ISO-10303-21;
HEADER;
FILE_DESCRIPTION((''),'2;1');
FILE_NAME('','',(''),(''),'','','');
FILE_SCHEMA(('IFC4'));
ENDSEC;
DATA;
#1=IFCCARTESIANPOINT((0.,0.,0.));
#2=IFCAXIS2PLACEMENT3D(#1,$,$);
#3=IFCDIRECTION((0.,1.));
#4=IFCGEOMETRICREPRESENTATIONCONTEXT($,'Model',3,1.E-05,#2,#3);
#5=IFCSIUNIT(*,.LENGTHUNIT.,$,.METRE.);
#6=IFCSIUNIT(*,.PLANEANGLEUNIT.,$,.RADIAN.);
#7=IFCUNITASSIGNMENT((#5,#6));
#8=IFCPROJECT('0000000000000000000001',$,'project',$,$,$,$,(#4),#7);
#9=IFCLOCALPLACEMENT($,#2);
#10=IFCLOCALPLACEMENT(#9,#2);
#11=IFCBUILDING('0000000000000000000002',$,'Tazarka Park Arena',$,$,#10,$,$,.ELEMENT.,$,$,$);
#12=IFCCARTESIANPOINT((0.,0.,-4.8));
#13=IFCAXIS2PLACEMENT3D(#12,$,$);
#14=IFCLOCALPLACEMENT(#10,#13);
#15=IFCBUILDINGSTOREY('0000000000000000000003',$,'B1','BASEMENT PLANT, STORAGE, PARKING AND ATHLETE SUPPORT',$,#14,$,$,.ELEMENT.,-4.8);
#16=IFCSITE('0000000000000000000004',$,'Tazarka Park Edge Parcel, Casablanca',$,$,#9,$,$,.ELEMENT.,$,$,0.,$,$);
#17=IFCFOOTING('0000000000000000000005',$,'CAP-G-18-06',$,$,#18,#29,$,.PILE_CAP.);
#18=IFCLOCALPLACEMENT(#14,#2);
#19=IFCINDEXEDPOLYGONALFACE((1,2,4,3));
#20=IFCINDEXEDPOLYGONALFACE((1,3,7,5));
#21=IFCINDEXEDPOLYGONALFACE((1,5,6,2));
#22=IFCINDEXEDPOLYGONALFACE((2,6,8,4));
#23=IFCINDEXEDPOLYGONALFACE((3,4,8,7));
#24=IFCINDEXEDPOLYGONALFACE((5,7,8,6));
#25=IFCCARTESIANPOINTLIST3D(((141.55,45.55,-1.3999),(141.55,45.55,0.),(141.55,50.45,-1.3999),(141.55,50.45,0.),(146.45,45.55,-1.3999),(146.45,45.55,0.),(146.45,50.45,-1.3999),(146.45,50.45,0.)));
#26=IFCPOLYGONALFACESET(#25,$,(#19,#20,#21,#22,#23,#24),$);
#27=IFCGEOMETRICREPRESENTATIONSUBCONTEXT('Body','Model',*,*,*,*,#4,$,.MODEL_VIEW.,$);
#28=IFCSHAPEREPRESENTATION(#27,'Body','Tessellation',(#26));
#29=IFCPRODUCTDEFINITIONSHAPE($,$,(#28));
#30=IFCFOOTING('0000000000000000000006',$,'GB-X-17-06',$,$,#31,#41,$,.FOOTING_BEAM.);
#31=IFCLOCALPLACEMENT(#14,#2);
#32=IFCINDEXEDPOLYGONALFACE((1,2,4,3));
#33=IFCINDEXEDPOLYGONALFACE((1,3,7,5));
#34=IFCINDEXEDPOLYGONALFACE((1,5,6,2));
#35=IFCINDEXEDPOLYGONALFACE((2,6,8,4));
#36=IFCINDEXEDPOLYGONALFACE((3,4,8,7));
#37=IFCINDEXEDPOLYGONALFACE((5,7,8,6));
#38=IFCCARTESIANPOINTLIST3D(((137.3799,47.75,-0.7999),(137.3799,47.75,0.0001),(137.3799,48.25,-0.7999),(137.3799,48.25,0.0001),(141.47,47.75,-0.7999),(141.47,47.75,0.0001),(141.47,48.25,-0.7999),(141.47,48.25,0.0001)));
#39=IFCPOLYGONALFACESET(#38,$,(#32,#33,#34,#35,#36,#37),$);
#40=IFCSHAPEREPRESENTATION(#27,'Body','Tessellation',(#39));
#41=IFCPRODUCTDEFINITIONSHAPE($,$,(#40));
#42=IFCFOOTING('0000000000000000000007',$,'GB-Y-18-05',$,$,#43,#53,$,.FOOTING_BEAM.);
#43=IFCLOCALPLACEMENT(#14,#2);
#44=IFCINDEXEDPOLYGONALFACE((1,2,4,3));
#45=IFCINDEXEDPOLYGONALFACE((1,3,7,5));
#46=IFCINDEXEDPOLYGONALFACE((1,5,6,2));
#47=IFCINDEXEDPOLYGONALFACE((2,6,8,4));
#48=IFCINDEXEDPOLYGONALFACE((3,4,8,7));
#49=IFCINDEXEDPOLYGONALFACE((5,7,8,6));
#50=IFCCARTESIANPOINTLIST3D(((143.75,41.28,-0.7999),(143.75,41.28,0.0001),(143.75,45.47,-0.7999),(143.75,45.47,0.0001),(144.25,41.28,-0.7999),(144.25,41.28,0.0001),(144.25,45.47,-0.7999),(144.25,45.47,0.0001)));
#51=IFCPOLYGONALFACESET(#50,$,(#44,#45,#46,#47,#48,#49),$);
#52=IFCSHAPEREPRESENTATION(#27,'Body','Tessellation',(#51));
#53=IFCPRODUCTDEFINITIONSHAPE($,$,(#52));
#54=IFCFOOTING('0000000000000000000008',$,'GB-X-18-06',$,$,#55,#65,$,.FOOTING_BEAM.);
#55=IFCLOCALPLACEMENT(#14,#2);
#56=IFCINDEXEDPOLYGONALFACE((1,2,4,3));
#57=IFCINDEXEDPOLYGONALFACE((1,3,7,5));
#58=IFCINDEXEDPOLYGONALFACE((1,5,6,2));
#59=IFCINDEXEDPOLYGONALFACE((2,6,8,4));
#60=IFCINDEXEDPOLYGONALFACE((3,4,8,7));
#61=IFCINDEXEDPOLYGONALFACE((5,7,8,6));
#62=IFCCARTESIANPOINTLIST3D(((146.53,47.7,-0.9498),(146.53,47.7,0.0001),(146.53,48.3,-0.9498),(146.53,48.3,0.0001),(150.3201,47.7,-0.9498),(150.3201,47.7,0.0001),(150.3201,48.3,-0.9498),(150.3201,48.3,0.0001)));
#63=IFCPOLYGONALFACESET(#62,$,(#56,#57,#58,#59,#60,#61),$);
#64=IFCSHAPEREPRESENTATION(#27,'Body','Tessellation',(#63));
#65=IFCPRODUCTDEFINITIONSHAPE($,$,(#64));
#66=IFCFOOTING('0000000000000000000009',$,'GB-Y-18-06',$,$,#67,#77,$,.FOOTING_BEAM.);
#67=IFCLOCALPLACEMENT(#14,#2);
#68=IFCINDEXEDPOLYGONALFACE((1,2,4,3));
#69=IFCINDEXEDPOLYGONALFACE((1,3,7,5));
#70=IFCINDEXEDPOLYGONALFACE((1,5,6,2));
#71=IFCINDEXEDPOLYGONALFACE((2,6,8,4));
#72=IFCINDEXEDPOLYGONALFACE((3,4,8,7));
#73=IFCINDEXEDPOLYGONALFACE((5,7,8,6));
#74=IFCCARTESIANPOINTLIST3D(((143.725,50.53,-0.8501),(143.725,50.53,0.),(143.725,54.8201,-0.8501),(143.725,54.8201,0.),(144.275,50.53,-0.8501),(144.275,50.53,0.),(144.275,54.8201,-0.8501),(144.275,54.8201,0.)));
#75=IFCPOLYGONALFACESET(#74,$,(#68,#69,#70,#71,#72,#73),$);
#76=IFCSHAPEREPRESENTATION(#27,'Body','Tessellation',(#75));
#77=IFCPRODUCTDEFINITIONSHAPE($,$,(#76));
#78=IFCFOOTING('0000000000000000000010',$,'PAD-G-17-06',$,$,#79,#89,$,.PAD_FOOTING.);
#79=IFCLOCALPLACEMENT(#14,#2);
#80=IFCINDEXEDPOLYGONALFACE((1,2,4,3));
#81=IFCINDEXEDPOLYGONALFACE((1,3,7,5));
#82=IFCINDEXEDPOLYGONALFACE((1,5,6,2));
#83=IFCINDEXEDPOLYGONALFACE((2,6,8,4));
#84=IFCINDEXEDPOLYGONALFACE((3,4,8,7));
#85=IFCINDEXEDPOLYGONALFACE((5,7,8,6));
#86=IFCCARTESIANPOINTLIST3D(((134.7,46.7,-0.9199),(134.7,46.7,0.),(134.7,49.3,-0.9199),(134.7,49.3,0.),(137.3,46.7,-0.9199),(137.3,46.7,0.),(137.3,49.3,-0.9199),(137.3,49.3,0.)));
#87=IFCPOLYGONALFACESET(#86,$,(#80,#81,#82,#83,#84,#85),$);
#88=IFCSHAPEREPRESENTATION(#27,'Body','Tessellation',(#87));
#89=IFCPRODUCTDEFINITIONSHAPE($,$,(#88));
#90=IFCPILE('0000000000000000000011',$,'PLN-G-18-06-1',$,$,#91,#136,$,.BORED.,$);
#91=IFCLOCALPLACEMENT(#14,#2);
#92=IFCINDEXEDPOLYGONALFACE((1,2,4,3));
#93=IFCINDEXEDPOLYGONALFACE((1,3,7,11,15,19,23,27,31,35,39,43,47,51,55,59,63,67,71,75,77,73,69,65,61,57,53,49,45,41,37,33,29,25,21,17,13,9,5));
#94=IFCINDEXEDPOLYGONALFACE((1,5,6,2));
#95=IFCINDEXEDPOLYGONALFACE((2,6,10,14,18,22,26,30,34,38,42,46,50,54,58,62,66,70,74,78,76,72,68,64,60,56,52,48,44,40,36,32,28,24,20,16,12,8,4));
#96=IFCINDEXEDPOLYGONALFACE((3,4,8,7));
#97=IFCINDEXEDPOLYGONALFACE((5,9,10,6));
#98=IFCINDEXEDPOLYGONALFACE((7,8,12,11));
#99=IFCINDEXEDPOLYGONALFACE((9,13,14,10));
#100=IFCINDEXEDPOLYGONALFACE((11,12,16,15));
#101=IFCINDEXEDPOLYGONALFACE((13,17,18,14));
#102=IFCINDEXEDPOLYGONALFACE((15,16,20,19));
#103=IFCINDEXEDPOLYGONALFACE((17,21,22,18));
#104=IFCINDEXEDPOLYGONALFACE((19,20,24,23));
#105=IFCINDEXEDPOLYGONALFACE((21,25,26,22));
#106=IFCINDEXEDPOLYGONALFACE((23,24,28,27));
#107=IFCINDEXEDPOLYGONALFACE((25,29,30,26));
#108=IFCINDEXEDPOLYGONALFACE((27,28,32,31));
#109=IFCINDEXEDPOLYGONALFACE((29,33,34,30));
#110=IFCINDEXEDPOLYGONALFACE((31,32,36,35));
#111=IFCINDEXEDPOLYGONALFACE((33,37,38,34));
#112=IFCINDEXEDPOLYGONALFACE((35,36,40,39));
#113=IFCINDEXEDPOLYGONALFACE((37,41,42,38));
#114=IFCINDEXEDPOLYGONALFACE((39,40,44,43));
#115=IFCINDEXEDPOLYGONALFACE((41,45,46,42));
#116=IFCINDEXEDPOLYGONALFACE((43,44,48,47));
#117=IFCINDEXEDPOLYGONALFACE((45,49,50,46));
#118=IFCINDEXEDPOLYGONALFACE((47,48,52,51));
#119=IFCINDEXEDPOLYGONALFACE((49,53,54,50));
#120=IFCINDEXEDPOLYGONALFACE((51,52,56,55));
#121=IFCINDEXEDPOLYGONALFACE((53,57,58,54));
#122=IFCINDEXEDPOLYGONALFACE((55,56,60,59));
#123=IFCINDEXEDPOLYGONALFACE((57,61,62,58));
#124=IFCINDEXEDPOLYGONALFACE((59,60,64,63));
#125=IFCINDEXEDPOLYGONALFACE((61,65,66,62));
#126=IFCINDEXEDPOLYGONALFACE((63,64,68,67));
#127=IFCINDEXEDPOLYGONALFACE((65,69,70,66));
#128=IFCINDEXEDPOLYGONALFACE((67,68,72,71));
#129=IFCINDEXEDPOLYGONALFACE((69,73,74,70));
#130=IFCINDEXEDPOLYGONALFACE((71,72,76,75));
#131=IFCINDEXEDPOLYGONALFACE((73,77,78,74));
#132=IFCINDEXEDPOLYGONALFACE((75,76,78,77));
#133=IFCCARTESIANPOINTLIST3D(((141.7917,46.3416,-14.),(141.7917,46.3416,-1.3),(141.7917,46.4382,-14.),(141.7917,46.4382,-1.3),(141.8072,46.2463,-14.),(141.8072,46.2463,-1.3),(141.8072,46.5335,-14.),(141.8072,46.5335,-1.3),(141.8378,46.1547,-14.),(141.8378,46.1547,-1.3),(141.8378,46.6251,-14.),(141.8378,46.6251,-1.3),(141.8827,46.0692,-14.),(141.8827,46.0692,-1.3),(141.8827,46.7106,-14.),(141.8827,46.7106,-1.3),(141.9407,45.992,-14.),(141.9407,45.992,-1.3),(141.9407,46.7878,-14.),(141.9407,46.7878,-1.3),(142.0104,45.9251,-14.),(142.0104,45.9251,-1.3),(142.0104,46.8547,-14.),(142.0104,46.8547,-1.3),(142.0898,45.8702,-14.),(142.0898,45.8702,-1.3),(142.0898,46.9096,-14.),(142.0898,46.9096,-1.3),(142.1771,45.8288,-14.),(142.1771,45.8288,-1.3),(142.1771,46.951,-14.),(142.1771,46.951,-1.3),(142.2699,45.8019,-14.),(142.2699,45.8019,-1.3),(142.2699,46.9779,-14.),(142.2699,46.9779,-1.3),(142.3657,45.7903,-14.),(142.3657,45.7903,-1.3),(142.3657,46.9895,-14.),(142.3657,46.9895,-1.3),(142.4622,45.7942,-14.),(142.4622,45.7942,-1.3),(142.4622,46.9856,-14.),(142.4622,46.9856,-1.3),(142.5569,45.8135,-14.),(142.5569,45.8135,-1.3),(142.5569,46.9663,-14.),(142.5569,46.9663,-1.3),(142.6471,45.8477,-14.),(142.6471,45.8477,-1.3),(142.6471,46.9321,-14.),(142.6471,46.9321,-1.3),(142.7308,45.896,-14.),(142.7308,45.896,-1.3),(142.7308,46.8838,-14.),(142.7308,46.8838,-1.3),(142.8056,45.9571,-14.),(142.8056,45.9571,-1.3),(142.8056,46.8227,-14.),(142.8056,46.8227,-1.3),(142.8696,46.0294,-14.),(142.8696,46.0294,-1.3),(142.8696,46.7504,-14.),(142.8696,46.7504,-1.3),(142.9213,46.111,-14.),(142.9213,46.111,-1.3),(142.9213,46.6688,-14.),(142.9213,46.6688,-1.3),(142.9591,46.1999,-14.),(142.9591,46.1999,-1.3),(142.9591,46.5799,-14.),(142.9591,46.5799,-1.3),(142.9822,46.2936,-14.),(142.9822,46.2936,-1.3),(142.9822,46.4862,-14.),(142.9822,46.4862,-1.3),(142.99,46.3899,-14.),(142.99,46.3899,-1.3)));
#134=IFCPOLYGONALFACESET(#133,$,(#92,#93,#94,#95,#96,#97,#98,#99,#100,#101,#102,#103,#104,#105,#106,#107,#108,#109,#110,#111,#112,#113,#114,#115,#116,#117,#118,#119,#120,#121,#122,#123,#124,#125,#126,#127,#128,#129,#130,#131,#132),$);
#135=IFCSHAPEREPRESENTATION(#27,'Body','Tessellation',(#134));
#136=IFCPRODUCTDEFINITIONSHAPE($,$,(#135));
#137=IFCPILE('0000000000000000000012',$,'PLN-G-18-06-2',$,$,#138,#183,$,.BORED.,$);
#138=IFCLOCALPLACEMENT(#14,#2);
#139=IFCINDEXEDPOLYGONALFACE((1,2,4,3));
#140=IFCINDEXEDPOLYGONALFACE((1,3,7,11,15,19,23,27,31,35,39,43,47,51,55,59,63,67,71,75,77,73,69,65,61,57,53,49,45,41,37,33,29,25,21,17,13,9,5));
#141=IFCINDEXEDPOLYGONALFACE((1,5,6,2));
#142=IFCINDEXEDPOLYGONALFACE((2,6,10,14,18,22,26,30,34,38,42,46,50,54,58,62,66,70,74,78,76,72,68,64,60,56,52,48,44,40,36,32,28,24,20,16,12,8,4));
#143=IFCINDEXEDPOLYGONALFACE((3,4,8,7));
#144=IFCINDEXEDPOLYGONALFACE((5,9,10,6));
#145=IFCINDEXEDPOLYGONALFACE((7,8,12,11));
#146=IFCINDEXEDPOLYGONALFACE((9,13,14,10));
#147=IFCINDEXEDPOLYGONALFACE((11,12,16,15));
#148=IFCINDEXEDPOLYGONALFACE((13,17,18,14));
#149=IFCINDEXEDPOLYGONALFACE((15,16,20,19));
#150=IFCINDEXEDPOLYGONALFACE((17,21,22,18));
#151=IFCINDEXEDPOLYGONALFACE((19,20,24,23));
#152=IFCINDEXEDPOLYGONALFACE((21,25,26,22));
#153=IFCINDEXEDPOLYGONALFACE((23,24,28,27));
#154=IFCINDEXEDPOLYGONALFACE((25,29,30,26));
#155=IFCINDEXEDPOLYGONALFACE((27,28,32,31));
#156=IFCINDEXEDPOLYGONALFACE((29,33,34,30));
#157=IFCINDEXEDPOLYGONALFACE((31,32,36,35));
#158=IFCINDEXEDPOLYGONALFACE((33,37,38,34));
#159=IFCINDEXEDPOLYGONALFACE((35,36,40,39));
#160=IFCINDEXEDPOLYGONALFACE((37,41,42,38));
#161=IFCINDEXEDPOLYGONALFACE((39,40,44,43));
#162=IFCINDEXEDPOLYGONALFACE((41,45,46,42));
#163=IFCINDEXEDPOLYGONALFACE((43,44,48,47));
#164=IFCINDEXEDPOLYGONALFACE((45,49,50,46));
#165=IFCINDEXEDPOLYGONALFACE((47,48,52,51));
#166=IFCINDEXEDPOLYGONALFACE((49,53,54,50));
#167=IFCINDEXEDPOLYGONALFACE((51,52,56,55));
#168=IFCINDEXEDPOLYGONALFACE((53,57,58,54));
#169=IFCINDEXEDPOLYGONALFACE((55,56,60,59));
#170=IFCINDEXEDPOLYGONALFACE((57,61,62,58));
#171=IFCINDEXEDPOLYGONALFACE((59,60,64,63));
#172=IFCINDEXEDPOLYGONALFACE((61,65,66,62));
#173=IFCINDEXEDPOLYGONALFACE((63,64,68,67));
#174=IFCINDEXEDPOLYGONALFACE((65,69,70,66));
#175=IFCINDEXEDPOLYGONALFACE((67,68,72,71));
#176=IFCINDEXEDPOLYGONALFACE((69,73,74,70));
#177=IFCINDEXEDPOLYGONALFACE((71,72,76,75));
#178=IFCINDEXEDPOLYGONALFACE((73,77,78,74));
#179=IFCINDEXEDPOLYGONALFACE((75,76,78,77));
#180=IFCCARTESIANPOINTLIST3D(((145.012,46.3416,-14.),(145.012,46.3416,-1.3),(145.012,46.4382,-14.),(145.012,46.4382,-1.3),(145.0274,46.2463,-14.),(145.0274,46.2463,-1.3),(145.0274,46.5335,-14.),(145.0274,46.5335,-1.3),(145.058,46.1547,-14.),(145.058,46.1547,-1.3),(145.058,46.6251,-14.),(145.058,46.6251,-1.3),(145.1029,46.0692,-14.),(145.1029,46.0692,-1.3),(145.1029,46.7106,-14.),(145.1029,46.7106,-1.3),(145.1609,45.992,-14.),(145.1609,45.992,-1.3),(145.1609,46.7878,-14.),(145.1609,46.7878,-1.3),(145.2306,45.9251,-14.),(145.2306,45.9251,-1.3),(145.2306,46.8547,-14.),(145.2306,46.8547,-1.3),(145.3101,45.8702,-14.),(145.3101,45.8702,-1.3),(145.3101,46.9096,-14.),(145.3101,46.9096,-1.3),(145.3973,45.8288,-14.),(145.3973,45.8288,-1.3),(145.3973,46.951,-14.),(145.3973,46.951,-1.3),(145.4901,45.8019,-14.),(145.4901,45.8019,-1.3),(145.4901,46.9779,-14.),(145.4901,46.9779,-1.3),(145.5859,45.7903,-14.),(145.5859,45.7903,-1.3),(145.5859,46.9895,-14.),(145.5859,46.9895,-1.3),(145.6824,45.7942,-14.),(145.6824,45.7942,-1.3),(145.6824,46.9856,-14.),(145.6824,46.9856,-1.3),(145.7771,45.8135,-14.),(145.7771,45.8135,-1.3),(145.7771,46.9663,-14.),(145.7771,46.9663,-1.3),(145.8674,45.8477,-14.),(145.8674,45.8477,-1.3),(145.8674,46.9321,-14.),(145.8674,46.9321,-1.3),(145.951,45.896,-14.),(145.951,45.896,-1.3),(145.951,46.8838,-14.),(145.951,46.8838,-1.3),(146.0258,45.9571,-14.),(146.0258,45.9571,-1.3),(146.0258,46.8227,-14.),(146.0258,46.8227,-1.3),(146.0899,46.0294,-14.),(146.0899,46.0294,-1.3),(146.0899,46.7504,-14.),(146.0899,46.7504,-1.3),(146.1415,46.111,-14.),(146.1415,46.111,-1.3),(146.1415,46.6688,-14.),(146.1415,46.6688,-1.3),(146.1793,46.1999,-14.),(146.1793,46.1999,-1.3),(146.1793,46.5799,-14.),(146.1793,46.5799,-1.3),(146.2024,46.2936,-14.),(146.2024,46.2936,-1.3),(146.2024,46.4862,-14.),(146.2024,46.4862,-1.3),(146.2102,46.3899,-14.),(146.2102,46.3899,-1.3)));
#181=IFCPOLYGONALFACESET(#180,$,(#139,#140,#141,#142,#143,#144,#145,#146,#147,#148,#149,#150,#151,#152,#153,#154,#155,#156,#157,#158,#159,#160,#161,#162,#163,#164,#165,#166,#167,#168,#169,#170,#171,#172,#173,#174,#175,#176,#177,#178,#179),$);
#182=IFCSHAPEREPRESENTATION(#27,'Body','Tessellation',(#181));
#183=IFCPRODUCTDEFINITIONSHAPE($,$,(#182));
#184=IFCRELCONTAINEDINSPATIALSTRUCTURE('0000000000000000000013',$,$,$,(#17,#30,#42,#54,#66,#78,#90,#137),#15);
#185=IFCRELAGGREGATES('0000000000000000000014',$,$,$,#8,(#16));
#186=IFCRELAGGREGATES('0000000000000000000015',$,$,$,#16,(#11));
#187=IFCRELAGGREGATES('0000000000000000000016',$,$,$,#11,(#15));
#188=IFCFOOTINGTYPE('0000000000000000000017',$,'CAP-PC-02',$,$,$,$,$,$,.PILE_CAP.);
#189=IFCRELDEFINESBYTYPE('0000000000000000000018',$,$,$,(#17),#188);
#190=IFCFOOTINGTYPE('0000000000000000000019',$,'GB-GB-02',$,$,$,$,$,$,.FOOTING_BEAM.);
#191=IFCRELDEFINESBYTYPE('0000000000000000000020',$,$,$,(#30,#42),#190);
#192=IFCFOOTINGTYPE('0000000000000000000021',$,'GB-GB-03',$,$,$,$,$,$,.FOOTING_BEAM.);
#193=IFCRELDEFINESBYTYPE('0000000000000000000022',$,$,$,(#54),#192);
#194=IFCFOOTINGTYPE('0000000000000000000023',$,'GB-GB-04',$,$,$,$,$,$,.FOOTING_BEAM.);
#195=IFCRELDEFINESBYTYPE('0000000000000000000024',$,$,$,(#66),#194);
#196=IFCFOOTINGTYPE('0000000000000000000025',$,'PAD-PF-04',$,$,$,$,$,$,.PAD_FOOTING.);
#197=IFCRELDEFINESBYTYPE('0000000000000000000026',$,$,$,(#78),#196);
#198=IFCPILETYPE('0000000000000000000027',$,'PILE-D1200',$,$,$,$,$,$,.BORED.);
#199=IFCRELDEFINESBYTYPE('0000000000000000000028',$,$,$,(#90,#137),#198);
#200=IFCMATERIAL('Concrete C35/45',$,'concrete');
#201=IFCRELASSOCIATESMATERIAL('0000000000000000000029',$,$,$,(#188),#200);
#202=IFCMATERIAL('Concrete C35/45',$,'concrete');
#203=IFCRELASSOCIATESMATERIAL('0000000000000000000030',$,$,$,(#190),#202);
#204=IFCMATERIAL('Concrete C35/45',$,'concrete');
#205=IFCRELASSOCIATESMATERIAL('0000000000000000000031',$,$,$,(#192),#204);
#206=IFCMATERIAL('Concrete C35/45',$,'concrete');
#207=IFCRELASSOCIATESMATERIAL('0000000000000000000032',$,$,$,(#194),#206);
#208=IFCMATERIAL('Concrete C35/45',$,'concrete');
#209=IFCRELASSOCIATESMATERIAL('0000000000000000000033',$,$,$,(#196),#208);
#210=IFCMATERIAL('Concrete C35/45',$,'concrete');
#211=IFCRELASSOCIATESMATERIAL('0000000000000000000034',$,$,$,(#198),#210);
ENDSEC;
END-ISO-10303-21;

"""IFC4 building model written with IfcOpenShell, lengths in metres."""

from ifc_helpers import new_model, si_unit, direction, frame, origin, origin_2d, place, context, subcontext, project, spatial, rectangle, circle, extrude, material, material_profile, profile_set, type_object, element, save


model = new_model("IFC4")

# Units and contexts
model_context = context("Model", 3, precision=1e-05, world=origin(), true_north=direction((0.0, 1.0)))
body_context = subcontext(model_context, "Body", "Model", "MODEL_VIEW")
ifc_project = project(units=[si_unit("LENGTHUNIT", "METRE"), si_unit("PLANEANGLEUNIT", "RADIAN")], contexts=[model_context])

# Site, building, storey
site_placement = place(None, origin())
site = spatial("IfcSite", under=ifc_project, at=site_placement, Name="Tazarka Park Edge Parcel, Casablanca", CompositionType="ELEMENT", RefElevation=0.0)
building_placement = place(site_placement, origin())
building = spatial("IfcBuilding", under=site, at=building_placement, Name="Tazarka Park Arena", CompositionType="ELEMENT")
storey_placement = place(building_placement, frame((0.0, 0.0, -4.8)))
storey = spatial("IfcBuildingStorey", under=building, at=storey_placement, Name="B1", Description="BASEMENT PLANT, STORAGE, PARKING AND ATHLETE SUPPORT", CompositionType="ELEMENT", Elevation=-4.8)

# Footings
ifc_material_1 = material(Name="Concrete C35/45", Category="concrete")
footing_type_1 = type_object("IfcFootingType", Name="CAP-PC-02", PredefinedType="PILE_CAP", material=ifc_material_1)
footing_1_placement = place(storey_placement, frame((144.0, 48.0, -1.3999), z_axis=(0.0, 0.0, 1.0), x_axis=(1.0, 0.0, 0.0)))
element("IfcFooting", 1, at=footing_1_placement, inside=storey, type_object=footing_type_1, Name="CAP-G-18-06", PredefinedType="PILE_CAP", context=body_context, shape_type="SweptSolid", body=[
    extrude(rectangle(XDim=4.8999, YDim=4.8999, at=origin_2d()), origin(), (0.0, 0.0, 1.0), 1.3999),
])
ifc_material_2 = material(Name="Concrete C35/45", Category="concrete")
ifc_material_profile_1 = material_profile(ifc_material_2, rectangle(XDim=0.5, YDim=0.8, at=origin_2d()), Name="Concrete C35/45")
ifc_profile_set_1 = profile_set([ifc_material_profile_1], Name="Concrete C35/45")
footing_type_2 = type_object("IfcFootingType", Name="GB-GB-02", PredefinedType="FOOTING_BEAM", material=ifc_profile_set_1)
footing_2_placement = place(storey_placement, frame((137.3799, 48.0, -0.3999), z_axis=(1.0, 0.0, 0.0), x_axis=(0.0, 1.0, 0.0)))
element("IfcFooting", 2, at=footing_2_placement, inside=storey, type_object=footing_type_2, Name="GB-X-17-06", PredefinedType="FOOTING_BEAM", context=body_context, shape_type="SweptSolid", body=[
    extrude(rectangle(XDim=0.5, YDim=0.8, at=origin_2d()), origin(), (0.0, 0.0, 1.0), 4.0901),
])
footing_3_placement = place(storey_placement, frame((144.0, 41.28, -0.3999), z_axis=(0.0, 1.0, 0.0), x_axis=(-1.0, 0.0, 0.0)))
element("IfcFooting", 3, at=footing_3_placement, inside=storey, type_object=footing_type_2, Name="GB-Y-18-05", PredefinedType="FOOTING_BEAM", context=body_context, shape_type="SweptSolid", body=[
    extrude(rectangle(XDim=0.5, YDim=0.8, at=origin_2d()), origin(), (0.0, 0.0, 1.0), 4.1899),
])
ifc_material_3 = material(Name="Concrete C35/45", Category="concrete")
ifc_material_profile_2 = material_profile(ifc_material_3, rectangle(XDim=0.6001, YDim=0.95, at=origin_2d()), Name="Concrete C35/45")
ifc_profile_set_2 = profile_set([ifc_material_profile_2], Name="Concrete C35/45")
footing_type_3 = type_object("IfcFootingType", Name="GB-GB-03", PredefinedType="FOOTING_BEAM", material=ifc_profile_set_2)
footing_4_placement = place(storey_placement, frame((146.53, 48.0, -0.4749), z_axis=(1.0, 0.0, 0.0), x_axis=(0.0, 1.0, 0.0)))
element("IfcFooting", 4, at=footing_4_placement, inside=storey, type_object=footing_type_3, Name="GB-X-18-06", PredefinedType="FOOTING_BEAM", context=body_context, shape_type="SweptSolid", body=[
    extrude(rectangle(XDim=0.6001, YDim=0.95, at=origin_2d()), origin(), (0.0, 0.0, 1.0), 3.79),
])
ifc_material_4 = material(Name="Concrete C35/45", Category="concrete")
ifc_material_profile_3 = material_profile(ifc_material_4, rectangle(XDim=0.55, YDim=0.8501, at=origin_2d()), Name="Concrete C35/45")
ifc_profile_set_3 = profile_set([ifc_material_profile_3], Name="Concrete C35/45")
footing_type_4 = type_object("IfcFootingType", Name="GB-GB-04", PredefinedType="FOOTING_BEAM", material=ifc_profile_set_3)
footing_5_placement = place(storey_placement, frame((144.0, 50.53, -0.425), z_axis=(0.0, 1.0, 0.0), x_axis=(-1.0, 0.0, 0.0)))
element("IfcFooting", 5, at=footing_5_placement, inside=storey, type_object=footing_type_4, Name="GB-Y-18-06", PredefinedType="FOOTING_BEAM", context=body_context, shape_type="SweptSolid", body=[
    extrude(rectangle(XDim=0.55, YDim=0.8501, at=origin_2d()), origin(), (0.0, 0.0, 1.0), 4.29),
])
ifc_material_5 = material(Name="Concrete C35/45", Category="concrete")
footing_type_5 = type_object("IfcFootingType", Name="PAD-PF-04", PredefinedType="PAD_FOOTING", material=ifc_material_5)
footing_6_placement = place(storey_placement, frame((136.0, 48.0, -0.9199), z_axis=(0.0, 0.0, 1.0), x_axis=(1.0, 0.0, 0.0)))
element("IfcFooting", 6, at=footing_6_placement, inside=storey, type_object=footing_type_5, Name="PAD-G-17-06", PredefinedType="PAD_FOOTING", context=body_context, shape_type="SweptSolid", body=[
    extrude(rectangle(XDim=2.6001, YDim=2.6001, at=origin_2d()), origin(), (0.0, 0.0, 1.0), 0.9199),
])

# Piles
ifc_material_6 = material(Name="Concrete C35/45", Category="concrete")
ifc_material_profile_4 = material_profile(ifc_material_6, circle(Radius=0.6001, at=origin_2d()), Name="Concrete C35/45")
ifc_profile_set_4 = profile_set([ifc_material_profile_4], Name="Concrete C35/45")
pile_type = type_object("IfcPileType", Name="PILE-D1200", PredefinedType="BORED", material=ifc_profile_set_4)
for number, where, z_axis, x_axis, name in (
    (7, (142.3899, 46.3899, -1.3), (0.0, 0.0, -1.0), (1.0, 0.0, 0.0), "PLN-G-18-06-1"),
    (8, (145.6101, 46.3899, -1.3), (0.0, 0.0, -1.0), (1.0, 0.0, 0.0), "PLN-G-18-06-2"),
):
    element("IfcPile", number, at=place(storey_placement, frame(where, z_axis=z_axis, x_axis=x_axis)), inside=storey, type_object=pile_type, Name=name, PredefinedType="BORED", context=body_context, shape_type="SweptSolid", body=[
        extrude(circle(Radius=0.6001, at=origin_2d()), origin(), (0.0, 0.0, 1.0), 12.7),
    ])

save(model, "model.ifc")
